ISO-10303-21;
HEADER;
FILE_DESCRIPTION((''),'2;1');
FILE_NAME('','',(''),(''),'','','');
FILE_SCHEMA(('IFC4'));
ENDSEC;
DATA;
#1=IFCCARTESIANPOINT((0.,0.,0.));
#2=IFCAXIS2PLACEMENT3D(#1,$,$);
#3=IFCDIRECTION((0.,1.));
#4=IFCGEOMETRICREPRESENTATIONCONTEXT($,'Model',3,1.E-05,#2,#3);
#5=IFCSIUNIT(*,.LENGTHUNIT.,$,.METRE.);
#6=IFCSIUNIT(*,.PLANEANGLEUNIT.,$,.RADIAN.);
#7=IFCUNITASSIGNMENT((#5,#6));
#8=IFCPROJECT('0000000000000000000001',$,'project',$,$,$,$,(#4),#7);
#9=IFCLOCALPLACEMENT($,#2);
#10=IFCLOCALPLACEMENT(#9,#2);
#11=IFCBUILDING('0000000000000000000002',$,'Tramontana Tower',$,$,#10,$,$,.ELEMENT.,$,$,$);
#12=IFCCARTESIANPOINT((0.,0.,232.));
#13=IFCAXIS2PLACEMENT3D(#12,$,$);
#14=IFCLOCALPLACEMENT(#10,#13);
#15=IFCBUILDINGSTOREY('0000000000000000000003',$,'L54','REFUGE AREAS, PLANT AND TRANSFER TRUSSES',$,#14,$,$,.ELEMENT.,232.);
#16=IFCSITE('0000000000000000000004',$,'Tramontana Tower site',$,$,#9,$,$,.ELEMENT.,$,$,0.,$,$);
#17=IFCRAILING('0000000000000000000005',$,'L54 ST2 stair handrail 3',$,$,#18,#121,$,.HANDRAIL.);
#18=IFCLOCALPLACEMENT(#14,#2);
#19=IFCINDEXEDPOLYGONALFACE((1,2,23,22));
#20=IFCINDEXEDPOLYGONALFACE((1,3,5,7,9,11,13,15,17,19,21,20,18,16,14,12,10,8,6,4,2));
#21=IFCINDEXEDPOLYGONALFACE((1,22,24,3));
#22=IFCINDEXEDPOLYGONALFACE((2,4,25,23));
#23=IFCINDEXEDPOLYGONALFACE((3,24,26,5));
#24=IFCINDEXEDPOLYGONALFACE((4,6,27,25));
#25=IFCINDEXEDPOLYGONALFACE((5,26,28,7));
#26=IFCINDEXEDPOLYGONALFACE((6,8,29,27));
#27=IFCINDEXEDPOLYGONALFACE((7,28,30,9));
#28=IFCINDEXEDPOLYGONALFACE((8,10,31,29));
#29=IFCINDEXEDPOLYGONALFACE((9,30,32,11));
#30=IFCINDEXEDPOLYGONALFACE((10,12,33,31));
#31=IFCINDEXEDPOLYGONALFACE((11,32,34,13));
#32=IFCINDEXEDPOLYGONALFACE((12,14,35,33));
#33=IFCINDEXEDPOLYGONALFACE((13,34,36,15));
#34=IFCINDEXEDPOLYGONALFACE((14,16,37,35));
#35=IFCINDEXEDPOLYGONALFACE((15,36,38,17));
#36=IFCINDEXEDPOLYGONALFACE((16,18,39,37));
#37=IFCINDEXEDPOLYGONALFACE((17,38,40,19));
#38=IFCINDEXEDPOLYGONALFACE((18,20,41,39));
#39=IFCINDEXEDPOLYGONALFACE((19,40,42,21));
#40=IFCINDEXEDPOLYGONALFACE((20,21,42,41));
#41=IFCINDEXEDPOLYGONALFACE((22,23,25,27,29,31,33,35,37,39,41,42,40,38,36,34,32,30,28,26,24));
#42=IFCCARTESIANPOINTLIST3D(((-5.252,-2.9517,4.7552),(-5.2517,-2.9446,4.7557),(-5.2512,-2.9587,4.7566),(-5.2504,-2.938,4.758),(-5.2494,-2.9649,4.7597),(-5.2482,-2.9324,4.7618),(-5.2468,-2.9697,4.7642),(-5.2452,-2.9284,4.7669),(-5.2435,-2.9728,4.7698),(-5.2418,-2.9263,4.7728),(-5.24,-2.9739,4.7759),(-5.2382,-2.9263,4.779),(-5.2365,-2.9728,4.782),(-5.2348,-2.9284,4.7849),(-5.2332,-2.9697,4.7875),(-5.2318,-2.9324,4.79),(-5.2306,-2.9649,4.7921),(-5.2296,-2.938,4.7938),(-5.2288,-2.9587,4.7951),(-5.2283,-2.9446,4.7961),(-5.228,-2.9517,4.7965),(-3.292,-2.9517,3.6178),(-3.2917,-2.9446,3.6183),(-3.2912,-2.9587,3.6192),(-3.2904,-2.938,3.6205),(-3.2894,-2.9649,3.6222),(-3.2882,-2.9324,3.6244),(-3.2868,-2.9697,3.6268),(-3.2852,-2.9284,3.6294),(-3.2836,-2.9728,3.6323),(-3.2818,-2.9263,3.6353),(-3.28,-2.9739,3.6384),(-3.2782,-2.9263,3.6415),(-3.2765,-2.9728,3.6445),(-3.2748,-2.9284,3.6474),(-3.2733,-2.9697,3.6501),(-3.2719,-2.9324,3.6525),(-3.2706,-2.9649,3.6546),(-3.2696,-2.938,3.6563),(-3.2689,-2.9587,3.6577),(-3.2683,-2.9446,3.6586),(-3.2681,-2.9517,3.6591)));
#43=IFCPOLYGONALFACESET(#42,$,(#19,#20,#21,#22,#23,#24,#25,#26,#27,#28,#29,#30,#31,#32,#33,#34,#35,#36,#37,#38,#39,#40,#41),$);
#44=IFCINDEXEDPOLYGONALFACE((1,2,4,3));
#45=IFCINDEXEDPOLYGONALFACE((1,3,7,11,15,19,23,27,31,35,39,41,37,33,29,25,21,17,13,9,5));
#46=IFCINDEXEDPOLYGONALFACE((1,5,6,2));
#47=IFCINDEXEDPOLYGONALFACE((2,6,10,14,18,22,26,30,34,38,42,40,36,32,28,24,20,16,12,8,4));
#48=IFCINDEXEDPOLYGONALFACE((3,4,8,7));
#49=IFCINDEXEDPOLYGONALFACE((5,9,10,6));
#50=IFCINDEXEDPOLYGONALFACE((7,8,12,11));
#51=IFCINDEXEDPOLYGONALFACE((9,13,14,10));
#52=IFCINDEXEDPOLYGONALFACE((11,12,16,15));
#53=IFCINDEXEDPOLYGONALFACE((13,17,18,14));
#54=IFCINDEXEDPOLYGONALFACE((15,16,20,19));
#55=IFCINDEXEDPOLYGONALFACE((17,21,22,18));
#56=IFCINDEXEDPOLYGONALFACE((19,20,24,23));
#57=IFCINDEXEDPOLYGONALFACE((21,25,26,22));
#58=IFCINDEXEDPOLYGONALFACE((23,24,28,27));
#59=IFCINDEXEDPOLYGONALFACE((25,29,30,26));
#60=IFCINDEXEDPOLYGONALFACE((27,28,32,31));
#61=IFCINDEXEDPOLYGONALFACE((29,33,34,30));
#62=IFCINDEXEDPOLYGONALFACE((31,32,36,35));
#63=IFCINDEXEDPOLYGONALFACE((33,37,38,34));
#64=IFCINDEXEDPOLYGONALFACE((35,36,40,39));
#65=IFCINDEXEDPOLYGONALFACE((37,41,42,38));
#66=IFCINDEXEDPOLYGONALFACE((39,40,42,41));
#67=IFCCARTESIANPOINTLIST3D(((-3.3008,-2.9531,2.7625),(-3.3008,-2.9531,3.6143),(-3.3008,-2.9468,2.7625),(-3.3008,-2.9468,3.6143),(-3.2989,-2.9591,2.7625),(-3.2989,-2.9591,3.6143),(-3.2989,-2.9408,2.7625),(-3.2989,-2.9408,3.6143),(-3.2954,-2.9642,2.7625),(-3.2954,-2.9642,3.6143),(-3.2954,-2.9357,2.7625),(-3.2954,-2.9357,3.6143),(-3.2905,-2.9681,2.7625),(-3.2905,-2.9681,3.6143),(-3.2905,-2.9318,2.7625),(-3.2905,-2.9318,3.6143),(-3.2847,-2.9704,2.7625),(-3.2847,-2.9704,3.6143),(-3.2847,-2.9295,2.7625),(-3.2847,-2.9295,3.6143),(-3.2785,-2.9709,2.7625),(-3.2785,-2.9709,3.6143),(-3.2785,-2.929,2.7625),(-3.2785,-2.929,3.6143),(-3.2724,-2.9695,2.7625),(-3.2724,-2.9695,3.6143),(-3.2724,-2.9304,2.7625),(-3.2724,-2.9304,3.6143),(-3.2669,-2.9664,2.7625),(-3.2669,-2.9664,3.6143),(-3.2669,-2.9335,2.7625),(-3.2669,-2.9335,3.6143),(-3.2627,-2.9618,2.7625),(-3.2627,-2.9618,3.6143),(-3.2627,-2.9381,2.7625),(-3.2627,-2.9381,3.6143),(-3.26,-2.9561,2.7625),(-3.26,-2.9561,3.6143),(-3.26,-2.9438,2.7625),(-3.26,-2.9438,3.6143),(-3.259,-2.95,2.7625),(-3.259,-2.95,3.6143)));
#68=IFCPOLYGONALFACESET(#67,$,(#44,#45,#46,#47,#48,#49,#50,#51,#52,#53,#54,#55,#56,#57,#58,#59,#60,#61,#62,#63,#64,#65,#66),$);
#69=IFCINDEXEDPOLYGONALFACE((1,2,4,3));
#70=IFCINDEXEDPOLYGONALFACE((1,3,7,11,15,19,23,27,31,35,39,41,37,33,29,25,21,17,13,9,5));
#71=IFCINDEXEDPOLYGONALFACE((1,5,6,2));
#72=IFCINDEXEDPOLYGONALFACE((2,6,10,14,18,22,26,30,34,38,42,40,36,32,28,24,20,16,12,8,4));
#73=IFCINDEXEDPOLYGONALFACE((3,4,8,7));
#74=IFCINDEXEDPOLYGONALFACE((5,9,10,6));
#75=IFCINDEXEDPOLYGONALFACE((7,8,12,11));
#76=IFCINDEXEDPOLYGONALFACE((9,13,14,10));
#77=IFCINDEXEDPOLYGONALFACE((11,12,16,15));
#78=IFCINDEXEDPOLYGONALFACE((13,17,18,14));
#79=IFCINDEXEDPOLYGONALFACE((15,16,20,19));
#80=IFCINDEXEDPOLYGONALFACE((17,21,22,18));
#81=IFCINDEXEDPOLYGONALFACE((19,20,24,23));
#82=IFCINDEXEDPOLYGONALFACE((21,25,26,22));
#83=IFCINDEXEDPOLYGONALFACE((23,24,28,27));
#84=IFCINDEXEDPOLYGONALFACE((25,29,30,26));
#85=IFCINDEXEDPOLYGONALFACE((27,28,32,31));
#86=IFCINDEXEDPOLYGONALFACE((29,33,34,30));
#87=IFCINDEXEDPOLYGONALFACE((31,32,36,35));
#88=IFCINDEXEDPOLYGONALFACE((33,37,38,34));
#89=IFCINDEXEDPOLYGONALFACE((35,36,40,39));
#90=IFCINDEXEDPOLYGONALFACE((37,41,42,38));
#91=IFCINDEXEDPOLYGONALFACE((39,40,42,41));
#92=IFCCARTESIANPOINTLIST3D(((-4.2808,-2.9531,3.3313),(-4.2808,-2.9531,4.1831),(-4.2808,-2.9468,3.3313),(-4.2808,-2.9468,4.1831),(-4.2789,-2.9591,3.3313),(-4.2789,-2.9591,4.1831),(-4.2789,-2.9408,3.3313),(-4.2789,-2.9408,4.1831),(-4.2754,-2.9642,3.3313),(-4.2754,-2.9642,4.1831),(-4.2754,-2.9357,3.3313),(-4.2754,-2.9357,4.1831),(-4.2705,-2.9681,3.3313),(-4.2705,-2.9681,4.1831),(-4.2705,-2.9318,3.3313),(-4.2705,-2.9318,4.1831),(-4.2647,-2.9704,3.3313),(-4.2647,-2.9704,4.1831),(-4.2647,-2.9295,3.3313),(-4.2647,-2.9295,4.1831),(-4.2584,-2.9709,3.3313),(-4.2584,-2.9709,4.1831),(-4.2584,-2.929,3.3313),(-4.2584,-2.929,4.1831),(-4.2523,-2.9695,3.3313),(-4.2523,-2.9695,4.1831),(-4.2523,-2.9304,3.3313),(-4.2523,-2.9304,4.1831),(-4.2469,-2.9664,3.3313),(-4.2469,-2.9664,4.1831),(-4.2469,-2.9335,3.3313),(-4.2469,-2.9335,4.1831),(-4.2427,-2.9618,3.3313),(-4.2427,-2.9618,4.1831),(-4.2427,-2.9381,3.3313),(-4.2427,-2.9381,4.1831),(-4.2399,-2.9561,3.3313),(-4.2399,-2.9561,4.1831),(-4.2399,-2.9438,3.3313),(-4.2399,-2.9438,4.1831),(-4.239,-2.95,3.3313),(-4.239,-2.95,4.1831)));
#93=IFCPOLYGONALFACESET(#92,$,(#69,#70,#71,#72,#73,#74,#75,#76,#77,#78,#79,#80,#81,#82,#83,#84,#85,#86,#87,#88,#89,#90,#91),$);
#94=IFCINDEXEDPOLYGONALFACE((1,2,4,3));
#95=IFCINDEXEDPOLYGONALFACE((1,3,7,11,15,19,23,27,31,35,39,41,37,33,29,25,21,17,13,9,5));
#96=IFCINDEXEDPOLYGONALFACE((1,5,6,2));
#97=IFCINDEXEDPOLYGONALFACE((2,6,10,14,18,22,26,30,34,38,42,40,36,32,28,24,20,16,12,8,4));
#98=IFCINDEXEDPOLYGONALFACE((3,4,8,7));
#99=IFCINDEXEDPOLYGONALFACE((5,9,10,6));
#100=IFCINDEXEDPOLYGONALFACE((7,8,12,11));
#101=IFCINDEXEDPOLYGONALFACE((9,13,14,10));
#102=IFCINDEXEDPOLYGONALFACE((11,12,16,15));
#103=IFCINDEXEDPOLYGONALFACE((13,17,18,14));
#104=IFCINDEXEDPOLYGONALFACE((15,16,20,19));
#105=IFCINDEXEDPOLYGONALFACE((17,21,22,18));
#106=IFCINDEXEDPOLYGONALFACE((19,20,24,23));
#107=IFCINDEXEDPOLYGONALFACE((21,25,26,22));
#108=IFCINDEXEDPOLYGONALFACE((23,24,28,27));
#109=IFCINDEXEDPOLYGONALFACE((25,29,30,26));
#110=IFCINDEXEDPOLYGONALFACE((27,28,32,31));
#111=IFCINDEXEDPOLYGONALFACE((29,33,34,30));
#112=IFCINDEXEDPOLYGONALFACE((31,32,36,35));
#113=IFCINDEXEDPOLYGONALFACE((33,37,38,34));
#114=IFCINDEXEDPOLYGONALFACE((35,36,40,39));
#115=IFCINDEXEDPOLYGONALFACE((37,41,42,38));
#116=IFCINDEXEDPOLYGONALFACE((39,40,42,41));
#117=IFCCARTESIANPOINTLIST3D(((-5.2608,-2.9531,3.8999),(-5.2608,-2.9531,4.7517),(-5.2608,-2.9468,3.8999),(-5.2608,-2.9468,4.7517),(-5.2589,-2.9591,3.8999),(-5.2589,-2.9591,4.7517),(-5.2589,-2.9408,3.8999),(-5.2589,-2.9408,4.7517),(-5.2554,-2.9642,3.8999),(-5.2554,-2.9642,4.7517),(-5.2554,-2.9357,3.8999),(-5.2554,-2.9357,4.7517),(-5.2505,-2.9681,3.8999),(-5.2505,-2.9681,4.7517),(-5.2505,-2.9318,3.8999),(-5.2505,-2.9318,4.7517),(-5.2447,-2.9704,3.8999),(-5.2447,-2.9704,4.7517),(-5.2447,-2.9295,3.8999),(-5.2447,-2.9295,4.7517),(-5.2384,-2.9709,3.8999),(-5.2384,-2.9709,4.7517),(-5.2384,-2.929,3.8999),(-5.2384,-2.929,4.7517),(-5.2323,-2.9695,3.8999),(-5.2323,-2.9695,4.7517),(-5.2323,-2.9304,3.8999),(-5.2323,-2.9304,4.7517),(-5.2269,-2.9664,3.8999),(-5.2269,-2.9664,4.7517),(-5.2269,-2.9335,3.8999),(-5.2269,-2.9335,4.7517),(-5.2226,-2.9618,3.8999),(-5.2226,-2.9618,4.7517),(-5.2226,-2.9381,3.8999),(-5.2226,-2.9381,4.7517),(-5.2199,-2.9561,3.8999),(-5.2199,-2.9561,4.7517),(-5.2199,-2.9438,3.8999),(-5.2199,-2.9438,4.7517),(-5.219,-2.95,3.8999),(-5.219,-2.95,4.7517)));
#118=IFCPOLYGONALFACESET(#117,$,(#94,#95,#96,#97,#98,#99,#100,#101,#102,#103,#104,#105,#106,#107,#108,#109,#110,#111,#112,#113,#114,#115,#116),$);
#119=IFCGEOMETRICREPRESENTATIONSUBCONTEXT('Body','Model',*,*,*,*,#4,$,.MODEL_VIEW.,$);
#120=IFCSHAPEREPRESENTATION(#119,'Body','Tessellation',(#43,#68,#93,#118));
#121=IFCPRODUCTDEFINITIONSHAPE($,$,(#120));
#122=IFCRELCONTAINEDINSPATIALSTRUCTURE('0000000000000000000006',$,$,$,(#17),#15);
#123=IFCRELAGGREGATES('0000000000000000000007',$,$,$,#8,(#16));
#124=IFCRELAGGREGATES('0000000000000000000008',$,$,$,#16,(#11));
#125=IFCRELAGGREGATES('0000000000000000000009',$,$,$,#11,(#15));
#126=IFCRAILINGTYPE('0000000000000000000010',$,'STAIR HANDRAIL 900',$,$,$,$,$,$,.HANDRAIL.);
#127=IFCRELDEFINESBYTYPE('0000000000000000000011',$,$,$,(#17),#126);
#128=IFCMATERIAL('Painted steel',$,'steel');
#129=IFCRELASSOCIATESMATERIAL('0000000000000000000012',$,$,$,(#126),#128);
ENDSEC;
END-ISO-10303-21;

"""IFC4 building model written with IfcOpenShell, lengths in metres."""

from ifc_helpers import new_model, si_unit, direction, frame, origin, origin_2d, place, context, subcontext, project, spatial, circle, extrude, material, type_object, element, save


model = new_model("IFC4")

# Units and contexts
model_context = context("Model", 3, precision=1e-05, world=origin(), true_north=direction((0.0, 1.0)))
body_context = subcontext(model_context, "Body", "Model", "MODEL_VIEW")
ifc_project = project(units=[si_unit("LENGTHUNIT", "METRE"), si_unit("PLANEANGLEUNIT", "RADIAN")], contexts=[model_context])

# Site, building, storey
site_placement = place(None, origin())
site = spatial("IfcSite", under=ifc_project, at=site_placement, Name="Tramontana Tower site", CompositionType="ELEMENT", RefElevation=0.0)
building_placement = place(site_placement, origin())
building = spatial("IfcBuilding", under=site, at=building_placement, Name="Tramontana Tower", CompositionType="ELEMENT")
storey_placement = place(building_placement, frame((0.0, 0.0, 232.0)))
storey = spatial("IfcBuildingStorey", under=building, at=storey_placement, Name="L54", Description="REFUGE AREAS, PLANT AND TRANSFER TRUSSES", CompositionType="ELEMENT", Elevation=232.0)

# Railing
ifc_material_1 = material(Name="Painted steel", Category="steel")
railing_type_1 = type_object("IfcRailingType", Name="STAIR HANDRAIL 900", PredefinedType="HANDRAIL", material=ifc_material_1)
for number, where, name in (
    (1, (-3.28, -2.95, 2.7625), "L54 ST2 stair handrail 3"),
):
    element("IfcRailing", number, at=place(storey_placement, frame(where)), inside=storey, type_object=railing_type_1, Name=name, PredefinedType="HANDRAIL", context=body_context, shape_type="SweptSolid", body=[
        extrude(circle(Radius=0.0239, at=origin_2d()), frame((0.0, 0.0, 0.876), z_axis=(-0.864902, 0.0, 0.501941), x_axis=(0.0, -1.0, 0.0)), (0.0, 0.0, 1.0), 2.2661),
        extrude(circle(Radius=0.021, at=origin_2d()), origin(), (0.0, 0.0, 1.0), 0.8518),
        extrude(circle(Radius=0.021, at=origin_2d()), frame((-0.98, 0.0, 0.5688)), (0.0, 0.0, 1.0), 0.8518),
        extrude(circle(Radius=0.021, at=origin_2d()), frame((-1.96, 0.0, 1.1375)), (0.0, 0.0, 1.0), 0.8518),
    ])

save(model, "model.ifc")
